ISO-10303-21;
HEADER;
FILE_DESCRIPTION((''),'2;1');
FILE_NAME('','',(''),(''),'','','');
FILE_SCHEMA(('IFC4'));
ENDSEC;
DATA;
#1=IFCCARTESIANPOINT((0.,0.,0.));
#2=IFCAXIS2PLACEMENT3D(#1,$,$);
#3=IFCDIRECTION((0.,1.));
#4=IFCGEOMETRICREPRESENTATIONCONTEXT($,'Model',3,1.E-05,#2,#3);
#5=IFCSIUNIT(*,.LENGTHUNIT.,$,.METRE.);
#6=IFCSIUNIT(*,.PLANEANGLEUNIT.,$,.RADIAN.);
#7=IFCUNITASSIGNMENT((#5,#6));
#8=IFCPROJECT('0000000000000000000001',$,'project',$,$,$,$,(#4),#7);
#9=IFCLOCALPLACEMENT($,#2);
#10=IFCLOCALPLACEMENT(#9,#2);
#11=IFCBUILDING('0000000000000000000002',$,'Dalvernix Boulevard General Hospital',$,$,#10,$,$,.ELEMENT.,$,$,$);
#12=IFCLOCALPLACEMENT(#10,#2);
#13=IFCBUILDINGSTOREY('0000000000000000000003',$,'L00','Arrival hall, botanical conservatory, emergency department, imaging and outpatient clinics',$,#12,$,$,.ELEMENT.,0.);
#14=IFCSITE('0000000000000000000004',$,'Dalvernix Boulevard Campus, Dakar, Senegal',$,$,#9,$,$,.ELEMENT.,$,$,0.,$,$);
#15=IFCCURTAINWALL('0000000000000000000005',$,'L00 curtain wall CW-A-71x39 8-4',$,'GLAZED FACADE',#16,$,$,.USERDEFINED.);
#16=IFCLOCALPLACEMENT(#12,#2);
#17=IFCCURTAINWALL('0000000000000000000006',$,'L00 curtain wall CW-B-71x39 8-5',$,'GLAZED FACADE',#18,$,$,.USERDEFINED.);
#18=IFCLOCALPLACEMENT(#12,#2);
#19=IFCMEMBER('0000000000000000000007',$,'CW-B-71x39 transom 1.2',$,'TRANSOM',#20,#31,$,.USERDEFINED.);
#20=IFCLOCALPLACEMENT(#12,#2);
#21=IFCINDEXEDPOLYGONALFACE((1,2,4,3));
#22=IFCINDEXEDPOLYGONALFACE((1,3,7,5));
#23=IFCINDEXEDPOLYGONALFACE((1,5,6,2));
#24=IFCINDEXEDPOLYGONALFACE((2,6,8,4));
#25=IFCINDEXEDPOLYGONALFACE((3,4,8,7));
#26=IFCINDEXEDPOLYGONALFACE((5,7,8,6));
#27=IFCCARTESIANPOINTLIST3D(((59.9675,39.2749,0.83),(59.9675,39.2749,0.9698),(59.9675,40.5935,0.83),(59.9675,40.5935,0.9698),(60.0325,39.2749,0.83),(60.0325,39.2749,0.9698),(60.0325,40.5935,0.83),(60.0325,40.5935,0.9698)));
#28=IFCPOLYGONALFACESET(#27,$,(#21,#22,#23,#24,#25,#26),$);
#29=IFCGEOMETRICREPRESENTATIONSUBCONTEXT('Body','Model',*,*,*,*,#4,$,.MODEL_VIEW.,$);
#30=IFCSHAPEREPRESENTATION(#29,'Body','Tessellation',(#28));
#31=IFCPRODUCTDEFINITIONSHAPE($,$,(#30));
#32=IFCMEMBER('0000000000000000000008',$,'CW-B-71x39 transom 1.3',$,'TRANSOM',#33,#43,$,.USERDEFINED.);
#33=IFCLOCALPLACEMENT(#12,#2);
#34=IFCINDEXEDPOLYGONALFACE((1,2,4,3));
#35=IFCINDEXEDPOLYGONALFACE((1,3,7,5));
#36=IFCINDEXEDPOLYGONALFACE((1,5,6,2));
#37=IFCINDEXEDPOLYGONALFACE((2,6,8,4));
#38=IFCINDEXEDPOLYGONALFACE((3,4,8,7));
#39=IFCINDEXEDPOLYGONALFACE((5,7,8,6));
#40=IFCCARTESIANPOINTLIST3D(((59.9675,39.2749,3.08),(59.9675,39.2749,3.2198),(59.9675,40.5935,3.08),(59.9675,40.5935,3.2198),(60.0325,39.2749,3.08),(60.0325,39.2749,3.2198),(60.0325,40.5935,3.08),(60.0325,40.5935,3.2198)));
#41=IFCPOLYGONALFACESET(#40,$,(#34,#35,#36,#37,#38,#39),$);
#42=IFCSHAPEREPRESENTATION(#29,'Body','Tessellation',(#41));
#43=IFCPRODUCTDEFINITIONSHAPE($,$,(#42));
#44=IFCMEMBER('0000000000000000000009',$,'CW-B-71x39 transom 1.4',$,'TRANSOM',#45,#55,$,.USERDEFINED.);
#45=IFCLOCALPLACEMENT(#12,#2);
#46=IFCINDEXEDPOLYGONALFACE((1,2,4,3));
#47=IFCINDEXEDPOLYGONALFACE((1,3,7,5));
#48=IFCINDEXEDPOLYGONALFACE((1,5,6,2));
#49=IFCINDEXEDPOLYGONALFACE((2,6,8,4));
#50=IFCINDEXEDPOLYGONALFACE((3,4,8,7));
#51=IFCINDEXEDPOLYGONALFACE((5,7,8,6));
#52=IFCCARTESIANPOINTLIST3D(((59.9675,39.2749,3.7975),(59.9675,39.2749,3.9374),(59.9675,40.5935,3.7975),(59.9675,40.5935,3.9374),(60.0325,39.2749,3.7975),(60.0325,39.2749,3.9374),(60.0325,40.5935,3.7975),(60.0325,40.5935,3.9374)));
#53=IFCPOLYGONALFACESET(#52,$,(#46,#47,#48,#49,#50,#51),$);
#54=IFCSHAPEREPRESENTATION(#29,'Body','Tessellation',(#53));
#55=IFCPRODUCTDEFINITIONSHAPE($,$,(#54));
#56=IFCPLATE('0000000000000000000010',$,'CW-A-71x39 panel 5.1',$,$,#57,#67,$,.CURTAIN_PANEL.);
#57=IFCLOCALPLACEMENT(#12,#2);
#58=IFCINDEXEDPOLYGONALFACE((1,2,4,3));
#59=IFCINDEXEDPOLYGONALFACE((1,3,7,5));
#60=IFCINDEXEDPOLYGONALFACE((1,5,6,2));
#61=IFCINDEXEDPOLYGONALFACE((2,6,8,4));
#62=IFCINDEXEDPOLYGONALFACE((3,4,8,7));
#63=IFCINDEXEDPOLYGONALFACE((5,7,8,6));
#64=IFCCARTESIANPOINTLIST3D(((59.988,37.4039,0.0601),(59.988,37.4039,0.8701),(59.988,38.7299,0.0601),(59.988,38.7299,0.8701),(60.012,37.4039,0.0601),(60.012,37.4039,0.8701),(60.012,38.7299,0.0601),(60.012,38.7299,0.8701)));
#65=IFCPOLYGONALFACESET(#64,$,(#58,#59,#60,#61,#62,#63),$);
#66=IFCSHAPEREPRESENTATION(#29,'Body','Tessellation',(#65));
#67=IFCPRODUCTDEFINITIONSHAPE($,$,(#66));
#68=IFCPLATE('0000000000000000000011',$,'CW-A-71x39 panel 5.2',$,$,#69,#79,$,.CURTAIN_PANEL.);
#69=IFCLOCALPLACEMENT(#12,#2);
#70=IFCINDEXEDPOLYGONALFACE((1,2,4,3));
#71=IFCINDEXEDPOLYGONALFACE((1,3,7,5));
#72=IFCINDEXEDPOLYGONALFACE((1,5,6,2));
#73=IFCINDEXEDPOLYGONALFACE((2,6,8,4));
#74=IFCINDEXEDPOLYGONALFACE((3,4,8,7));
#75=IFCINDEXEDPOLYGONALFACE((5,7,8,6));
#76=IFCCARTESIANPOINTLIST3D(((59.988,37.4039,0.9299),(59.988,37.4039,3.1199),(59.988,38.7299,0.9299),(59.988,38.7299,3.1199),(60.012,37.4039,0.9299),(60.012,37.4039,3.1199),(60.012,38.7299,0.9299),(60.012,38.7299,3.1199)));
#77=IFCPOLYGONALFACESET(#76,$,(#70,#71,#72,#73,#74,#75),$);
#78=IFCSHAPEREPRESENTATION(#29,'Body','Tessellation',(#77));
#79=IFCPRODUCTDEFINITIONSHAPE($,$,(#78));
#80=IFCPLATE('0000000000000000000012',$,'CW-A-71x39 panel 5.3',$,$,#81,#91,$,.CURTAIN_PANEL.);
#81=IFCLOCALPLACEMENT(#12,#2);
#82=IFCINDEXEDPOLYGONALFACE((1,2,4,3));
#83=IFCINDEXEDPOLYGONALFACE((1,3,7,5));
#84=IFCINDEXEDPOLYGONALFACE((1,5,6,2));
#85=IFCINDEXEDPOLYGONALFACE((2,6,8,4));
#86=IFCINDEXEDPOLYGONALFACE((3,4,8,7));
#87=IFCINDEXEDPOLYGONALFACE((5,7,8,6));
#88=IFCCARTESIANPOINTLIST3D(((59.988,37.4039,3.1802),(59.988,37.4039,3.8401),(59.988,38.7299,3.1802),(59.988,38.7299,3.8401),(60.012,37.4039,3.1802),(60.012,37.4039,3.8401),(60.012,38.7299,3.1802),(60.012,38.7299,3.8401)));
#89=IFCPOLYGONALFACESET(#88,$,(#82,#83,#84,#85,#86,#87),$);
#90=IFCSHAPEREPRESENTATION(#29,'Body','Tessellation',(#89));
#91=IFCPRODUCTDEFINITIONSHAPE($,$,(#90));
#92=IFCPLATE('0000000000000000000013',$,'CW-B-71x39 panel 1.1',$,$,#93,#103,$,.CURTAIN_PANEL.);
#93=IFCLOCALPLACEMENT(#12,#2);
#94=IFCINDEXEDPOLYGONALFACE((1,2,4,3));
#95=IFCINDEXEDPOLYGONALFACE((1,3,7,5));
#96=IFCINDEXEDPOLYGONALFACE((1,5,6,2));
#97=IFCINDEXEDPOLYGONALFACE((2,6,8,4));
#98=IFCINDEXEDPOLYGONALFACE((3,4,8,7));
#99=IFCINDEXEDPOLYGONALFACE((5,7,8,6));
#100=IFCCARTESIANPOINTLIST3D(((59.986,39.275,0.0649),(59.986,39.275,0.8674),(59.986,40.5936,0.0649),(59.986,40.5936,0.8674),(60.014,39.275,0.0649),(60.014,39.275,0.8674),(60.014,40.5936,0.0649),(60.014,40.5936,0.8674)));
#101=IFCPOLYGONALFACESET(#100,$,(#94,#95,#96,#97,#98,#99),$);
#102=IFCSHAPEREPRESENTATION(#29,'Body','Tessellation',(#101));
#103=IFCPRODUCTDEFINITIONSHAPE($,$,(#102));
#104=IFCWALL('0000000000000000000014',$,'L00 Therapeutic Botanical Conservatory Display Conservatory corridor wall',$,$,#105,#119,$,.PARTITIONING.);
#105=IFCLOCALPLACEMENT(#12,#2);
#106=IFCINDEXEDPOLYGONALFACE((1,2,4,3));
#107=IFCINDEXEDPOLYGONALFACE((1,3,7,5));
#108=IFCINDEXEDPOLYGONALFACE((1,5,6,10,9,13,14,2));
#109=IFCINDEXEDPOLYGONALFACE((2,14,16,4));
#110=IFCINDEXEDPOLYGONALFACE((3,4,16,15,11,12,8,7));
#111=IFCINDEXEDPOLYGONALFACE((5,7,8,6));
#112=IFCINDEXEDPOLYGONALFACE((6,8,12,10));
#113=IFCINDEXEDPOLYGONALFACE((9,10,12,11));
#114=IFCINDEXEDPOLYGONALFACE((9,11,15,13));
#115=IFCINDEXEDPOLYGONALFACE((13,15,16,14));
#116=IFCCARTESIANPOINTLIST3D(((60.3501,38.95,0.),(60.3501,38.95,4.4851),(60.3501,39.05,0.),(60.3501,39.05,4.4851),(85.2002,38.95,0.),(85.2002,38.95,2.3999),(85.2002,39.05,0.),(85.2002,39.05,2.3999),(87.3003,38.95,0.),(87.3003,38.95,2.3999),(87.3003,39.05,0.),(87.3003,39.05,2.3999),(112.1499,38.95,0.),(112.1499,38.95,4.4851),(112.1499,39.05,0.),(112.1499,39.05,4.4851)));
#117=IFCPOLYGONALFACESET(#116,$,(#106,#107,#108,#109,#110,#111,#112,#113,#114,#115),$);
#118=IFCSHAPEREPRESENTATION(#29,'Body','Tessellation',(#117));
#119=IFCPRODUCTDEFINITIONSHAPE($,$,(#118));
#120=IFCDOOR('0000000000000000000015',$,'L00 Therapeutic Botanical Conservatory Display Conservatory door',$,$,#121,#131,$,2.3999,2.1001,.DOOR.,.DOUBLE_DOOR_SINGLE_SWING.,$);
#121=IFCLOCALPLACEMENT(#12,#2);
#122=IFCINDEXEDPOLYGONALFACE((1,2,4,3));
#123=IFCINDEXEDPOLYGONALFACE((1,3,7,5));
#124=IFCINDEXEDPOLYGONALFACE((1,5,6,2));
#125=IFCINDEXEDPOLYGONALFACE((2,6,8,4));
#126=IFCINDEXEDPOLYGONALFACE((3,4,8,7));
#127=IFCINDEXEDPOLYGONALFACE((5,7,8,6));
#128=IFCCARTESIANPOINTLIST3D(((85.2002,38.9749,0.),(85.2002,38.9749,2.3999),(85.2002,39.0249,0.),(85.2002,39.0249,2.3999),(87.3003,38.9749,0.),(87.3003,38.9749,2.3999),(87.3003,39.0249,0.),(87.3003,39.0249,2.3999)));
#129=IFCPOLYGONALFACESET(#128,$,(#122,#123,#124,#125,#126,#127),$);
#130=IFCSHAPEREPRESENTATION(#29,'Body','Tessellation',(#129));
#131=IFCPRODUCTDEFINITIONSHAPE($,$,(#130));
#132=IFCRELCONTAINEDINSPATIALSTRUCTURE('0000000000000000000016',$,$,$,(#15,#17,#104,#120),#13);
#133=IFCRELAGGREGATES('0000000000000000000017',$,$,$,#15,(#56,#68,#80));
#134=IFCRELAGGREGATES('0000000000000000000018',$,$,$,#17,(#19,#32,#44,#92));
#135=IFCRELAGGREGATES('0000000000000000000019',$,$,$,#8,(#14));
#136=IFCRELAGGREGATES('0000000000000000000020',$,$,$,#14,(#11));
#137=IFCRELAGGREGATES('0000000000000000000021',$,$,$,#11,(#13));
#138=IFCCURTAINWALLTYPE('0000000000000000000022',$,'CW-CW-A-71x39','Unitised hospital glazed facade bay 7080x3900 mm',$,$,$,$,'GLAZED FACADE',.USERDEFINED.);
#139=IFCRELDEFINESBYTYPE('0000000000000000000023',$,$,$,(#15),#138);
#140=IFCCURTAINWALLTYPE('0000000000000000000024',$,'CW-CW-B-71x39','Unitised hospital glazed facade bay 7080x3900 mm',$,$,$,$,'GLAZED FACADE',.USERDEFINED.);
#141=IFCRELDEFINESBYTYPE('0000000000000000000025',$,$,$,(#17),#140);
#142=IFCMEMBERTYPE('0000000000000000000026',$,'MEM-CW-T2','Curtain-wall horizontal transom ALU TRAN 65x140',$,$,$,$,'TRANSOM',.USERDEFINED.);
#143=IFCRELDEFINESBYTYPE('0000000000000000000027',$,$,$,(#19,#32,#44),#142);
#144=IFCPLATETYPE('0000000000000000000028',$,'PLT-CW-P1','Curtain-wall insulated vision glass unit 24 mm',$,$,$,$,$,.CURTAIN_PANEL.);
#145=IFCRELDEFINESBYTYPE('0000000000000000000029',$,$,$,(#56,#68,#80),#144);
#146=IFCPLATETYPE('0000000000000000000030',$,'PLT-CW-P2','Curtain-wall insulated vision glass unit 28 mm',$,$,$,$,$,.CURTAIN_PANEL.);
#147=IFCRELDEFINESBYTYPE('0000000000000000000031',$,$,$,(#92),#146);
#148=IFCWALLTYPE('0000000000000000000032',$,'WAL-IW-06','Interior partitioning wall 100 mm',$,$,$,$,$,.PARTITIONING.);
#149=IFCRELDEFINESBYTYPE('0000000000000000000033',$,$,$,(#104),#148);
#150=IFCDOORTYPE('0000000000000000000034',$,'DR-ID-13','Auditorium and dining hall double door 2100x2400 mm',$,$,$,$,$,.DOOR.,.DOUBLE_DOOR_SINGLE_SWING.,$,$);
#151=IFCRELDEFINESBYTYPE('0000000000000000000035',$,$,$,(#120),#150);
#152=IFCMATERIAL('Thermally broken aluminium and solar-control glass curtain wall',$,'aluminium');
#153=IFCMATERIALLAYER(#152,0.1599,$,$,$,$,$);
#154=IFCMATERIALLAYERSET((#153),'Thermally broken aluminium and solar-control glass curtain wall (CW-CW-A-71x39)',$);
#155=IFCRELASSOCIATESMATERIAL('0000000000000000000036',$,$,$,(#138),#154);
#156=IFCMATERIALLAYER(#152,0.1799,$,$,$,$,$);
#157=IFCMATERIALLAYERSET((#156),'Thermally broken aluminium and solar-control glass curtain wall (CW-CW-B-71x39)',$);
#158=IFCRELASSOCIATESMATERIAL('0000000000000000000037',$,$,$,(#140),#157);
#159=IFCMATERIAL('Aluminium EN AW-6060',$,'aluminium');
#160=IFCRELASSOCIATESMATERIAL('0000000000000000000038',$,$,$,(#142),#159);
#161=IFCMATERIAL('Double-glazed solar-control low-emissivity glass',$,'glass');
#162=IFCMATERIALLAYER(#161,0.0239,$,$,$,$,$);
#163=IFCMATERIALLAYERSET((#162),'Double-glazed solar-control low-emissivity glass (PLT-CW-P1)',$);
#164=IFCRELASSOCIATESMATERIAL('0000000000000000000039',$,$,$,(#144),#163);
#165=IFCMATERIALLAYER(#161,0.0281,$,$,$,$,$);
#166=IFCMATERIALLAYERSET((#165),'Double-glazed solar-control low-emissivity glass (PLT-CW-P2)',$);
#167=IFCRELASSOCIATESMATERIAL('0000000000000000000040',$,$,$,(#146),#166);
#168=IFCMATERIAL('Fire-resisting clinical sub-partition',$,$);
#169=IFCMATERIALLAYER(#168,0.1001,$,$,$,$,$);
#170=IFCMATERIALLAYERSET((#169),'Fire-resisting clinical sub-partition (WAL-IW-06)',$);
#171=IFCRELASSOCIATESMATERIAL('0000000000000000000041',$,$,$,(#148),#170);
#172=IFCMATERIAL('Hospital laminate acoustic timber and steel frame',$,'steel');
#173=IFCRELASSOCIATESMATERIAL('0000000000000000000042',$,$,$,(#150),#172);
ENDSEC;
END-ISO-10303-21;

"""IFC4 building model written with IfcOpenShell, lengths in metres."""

from ifc_helpers import new_model, si_unit, direction, frame, frame_2d, origin, origin_2d, place, context, subcontext, project, spatial, rectangle, extrude, material, layer, layer_set, material_profile, profile_set, type_object, element, fill, aggregate, save


model = new_model("IFC4")

# Units and contexts
model_context = context("Model", 3, precision=1e-05, world=origin(), true_north=direction((0.0, 1.0)))
body_context = subcontext(model_context, "Body", "Model", "MODEL_VIEW")
ifc_project = project(units=[si_unit("LENGTHUNIT", "METRE"), si_unit("PLANEANGLEUNIT", "RADIAN")], contexts=[model_context])

# Site, building, storey
site_placement = place(None, origin())
site = spatial("IfcSite", under=ifc_project, at=site_placement, Name="Dalvernix Boulevard Campus, Dakar, Senegal", CompositionType="ELEMENT", RefElevation=0.0)
building_placement = place(site_placement, origin())
building = spatial("IfcBuilding", under=site, at=building_placement, Name="Dalvernix Boulevard General Hospital", CompositionType="ELEMENT")
storey_placement = place(building_placement, origin())
storey = spatial("IfcBuildingStorey", under=building, at=storey_placement, Name="L00", Description="Arrival hall, botanical conservatory, emergency department, imaging and outpatient clinics", CompositionType="ELEMENT", Elevation=0.0)

# Curtain wall
ifc_material_1 = material(Name="Thermally broken aluminium and solar-control glass curtain wall", Category="aluminium")
ifc_layer_1 = layer(ifc_material_1, 0.1599)
ifc_layer_set_1 = layer_set([ifc_layer_1], Name="Thermally broken aluminium and solar-control glass curtain wall (CW-CW-A-71x39)")
curtain_wall_type_1 = type_object("IfcCurtainWallType", Name="CW-CW-A-71x39", Description="Unitised hospital glazed facade bay 7080x3900 mm", ElementType="GLAZED FACADE", PredefinedType="USERDEFINED", material=ifc_layer_set_1)
curtain_wall_1_placement = place(storey_placement, origin())
curtain_wall_1 = element("IfcCurtainWall", 1, at=curtain_wall_1_placement, inside=storey, type_object=curtain_wall_type_1, Name="L00 curtain wall CW-A-71x39 8-4", ObjectType="GLAZED FACADE", PredefinedType="USERDEFINED")
ifc_material_2 = material(Name="Aluminium EN AW-6060", Category="aluminium")

# Curtain wall
ifc_layer_2 = layer(ifc_material_1, 0.1799)
ifc_layer_set_2 = layer_set([ifc_layer_2], Name="Thermally broken aluminium and solar-control glass curtain wall (CW-CW-B-71x39)")
curtain_wall_type_2 = type_object("IfcCurtainWallType", Name="CW-CW-B-71x39", Description="Unitised hospital glazed facade bay 7080x3900 mm", ElementType="GLAZED FACADE", PredefinedType="USERDEFINED", material=ifc_layer_set_2)
curtain_wall_2_placement = place(storey_placement, origin())
curtain_wall_2 = element("IfcCurtainWall", 2, at=curtain_wall_2_placement, inside=storey, type_object=curtain_wall_type_2, Name="L00 curtain wall CW-B-71x39 8-5", ObjectType="GLAZED FACADE", PredefinedType="USERDEFINED")

# Members
ifc_material_profile_1 = material_profile(ifc_material_2, rectangle(XDim=0.0649, YDim=0.1399, at=origin_2d()), Name="ALU TRAN 65x140")
ifc_profile_set_1 = profile_set([ifc_material_profile_1], Name="Aluminium EN AW-6060")
member_type_1 = type_object("IfcMemberType", Name="MEM-CW-T2", Description="Curtain-wall horizontal transom ALU TRAN 65x140", ElementType="TRANSOM", PredefinedType="USERDEFINED", material=ifc_profile_set_1)
member_1_placement = place(storey_placement, frame((60.0, 39.2749, 0.8999), z_axis=(0.0, 1.0, 0.0), x_axis=(-1.0, 0.0, 0.0)))
member_1 = element("IfcMember", 3, at=member_1_placement, type_object=member_type_1, Name="CW-B-71x39 transom 1.2", ObjectType="TRANSOM", PredefinedType="USERDEFINED", context=body_context, shape_type="SweptSolid", body=[
    extrude(rectangle(XDim=0.0649, YDim=0.1399, at=origin_2d()), origin(), (0.0, 0.0, 1.0), 1.3186),
])
member_2_placement = place(storey_placement, frame((60.0, 39.2749, 3.1499), z_axis=(0.0, 1.0, 0.0), x_axis=(-1.0, 0.0, 0.0)))
member_2 = element("IfcMember", 4, at=member_2_placement, type_object=member_type_1, Name="CW-B-71x39 transom 1.3", ObjectType="TRANSOM", PredefinedType="USERDEFINED", context=body_context, shape_type="SweptSolid", body=[
    extrude(rectangle(XDim=0.0649, YDim=0.1399, at=origin_2d()), origin(), (0.0, 0.0, 1.0), 1.3186),
])
member_3_placement = place(storey_placement, frame((60.0, 39.2749, 3.8674), z_axis=(0.0, 1.0, 0.0), x_axis=(-1.0, 0.0, 0.0)))
member_3 = element("IfcMember", 5, at=member_3_placement, type_object=member_type_1, Name="CW-B-71x39 transom 1.4", ObjectType="TRANSOM", PredefinedType="USERDEFINED", context=body_context, shape_type="SweptSolid", body=[
    extrude(rectangle(XDim=0.0649, YDim=0.1399, at=origin_2d()), origin(), (0.0, 0.0, 1.0), 1.3186),
])

# Plates
ifc_material_3 = material(Name="Double-glazed solar-control low-emissivity glass", Category="glass")
ifc_layer_3 = layer(ifc_material_3, 0.0239)
ifc_layer_set_3 = layer_set([ifc_layer_3], Name="Double-glazed solar-control low-emissivity glass (PLT-CW-P1)")
plate_type_1 = type_object("IfcPlateType", Name="PLT-CW-P1", Description="Curtain-wall insulated vision glass unit 24 mm", PredefinedType="CURTAIN_PANEL", material=ifc_layer_set_3)
plate_1_placement = place(storey_placement, frame((60.0, 38.0669, 0.0601), z_axis=(0.0, 0.0, 1.0), x_axis=(0.0, 1.0, 0.0)))
plate_1 = element("IfcPlate", 6, at=plate_1_placement, type_object=plate_type_1, Name="CW-A-71x39 panel 5.1", PredefinedType="CURTAIN_PANEL", context=body_context, shape_type="SweptSolid", body=[
    extrude(rectangle(XDim=1.3259, YDim=0.0239, at=origin_2d()), origin(), (0.0, 0.0, 1.0), 0.8101),
])
plate_2_placement = place(storey_placement, frame((60.0, 38.0669, 0.9299), z_axis=(0.0, 0.0, 1.0), x_axis=(0.0, 1.0, 0.0)))
plate_2 = element("IfcPlate", 7, at=plate_2_placement, type_object=plate_type_1, Name="CW-A-71x39 panel 5.2", PredefinedType="CURTAIN_PANEL", context=body_context, shape_type="SweptSolid", body=[
    extrude(rectangle(XDim=1.3259, YDim=0.0239, at=origin_2d()), origin(), (0.0, 0.0, 1.0), 2.1899),
])
plate_3_placement = place(storey_placement, frame((60.0, 38.0669, 3.1802), z_axis=(0.0, 0.0, 1.0), x_axis=(0.0, 1.0, 0.0)))
plate_3 = element("IfcPlate", 8, at=plate_3_placement, type_object=plate_type_1, Name="CW-A-71x39 panel 5.3", PredefinedType="CURTAIN_PANEL", context=body_context, shape_type="SweptSolid", body=[
    extrude(rectangle(XDim=1.3259, YDim=0.0239, at=origin_2d()), origin(), (0.0, 0.0, 1.0), 0.6599),
])
aggregate(curtain_wall_1, [plate_1, plate_2, plate_3])
ifc_layer_4 = layer(ifc_material_3, 0.0281)
ifc_layer_set_4 = layer_set([ifc_layer_4], Name="Double-glazed solar-control low-emissivity glass (PLT-CW-P2)")
plate_type_2 = type_object("IfcPlateType", Name="PLT-CW-P2", Description="Curtain-wall insulated vision glass unit 28 mm", PredefinedType="CURTAIN_PANEL", material=ifc_layer_set_4)
plate_4_placement = place(storey_placement, frame((60.0, 39.9343, 0.0649), z_axis=(0.0, 0.0, 1.0), x_axis=(0.0, 1.0, 0.0)))
plate_4 = element("IfcPlate", 9, at=plate_4_placement, type_object=plate_type_2, Name="CW-B-71x39 panel 1.1", PredefinedType="CURTAIN_PANEL", context=body_context, shape_type="SweptSolid", body=[
    extrude(rectangle(XDim=1.3186, YDim=0.0281, at=origin_2d()), origin(), (0.0, 0.0, 1.0), 0.8025),
])
aggregate(curtain_wall_2, [member_1, member_2, member_3, plate_4])

# Wall, opening, door
ifc_material_4 = material(Name="Fire-resisting clinical sub-partition")
ifc_layer_5 = layer(ifc_material_4, 0.1001)
ifc_layer_set_5 = layer_set([ifc_layer_5], Name="Fire-resisting clinical sub-partition (WAL-IW-06)")
wall_type = type_object("IfcWallType", Name="WAL-IW-06", Description="Interior partitioning wall 100 mm", PredefinedType="PARTITIONING", material=ifc_layer_set_5)
wall_placement = place(storey_placement, frame((60.3501, 39.0, 0.0), z_axis=(0.0, 0.0, 1.0), x_axis=(1.0, 0.0, 0.0)))
wall = element("IfcWall", 10, at=wall_placement, inside=storey, type_object=wall_type, Name="L00 Therapeutic Botanical Conservatory Display Conservatory corridor wall", PredefinedType="PARTITIONING", context=body_context, shape_type="SweptSolid", body=[
    extrude(rectangle(XDim=51.7998, YDim=0.1001, at=frame_2d((25.8999, 0.0))), origin(), (0.0, 0.0, 1.0), 4.4851),
])
opening_placement = place(wall_placement, frame((24.8501, 0.0, 0.0)))
opening = element("IfcOpeningElement", 11, at=opening_placement, cuts=wall, PredefinedType="OPENING", context=body_context, shape_type="SweptSolid", body=[
    extrude(rectangle(XDim=2.1001, YDim=2.3999, at=frame_2d((1.05, 1.2))), frame((0.0, 0.0601, 0.0), z_axis=(0.0, -1.0, 0.0), x_axis=(1.0, 0.0, 0.0)), (0.0, 0.0, 1.0), 0.1201),
])
ifc_material_5 = material(Name="Hospital laminate acoustic timber and steel frame", Category="steel")
door_type = type_object("IfcDoorType", Name="DR-ID-13", Description="Auditorium and dining hall double door 2100x2400 mm", OperationType="DOUBLE_DOOR_SINGLE_SWING", PredefinedType="DOOR", material=ifc_material_5)
door_placement = place(opening_placement, origin())
door = element("IfcDoor", 12, at=door_placement, inside=storey, type_object=door_type, Name="L00 Therapeutic Botanical Conservatory Display Conservatory door", OperationType="DOUBLE_DOOR_SINGLE_SWING", OverallHeight=2.3999, OverallWidth=2.1001, PredefinedType="DOOR", context=body_context, shape_type="SweptSolid", body=[
    extrude(rectangle(XDim=2.1001, YDim=2.3999, at=frame_2d((1.05, 1.2))), frame((0.0, 0.0249, 0.0), z_axis=(0.0, -1.0, 0.0), x_axis=(1.0, 0.0, 0.0)), (0.0, 0.0, 1.0), 0.05),
])
fill(opening, door)

save(model, "model.ifc")
